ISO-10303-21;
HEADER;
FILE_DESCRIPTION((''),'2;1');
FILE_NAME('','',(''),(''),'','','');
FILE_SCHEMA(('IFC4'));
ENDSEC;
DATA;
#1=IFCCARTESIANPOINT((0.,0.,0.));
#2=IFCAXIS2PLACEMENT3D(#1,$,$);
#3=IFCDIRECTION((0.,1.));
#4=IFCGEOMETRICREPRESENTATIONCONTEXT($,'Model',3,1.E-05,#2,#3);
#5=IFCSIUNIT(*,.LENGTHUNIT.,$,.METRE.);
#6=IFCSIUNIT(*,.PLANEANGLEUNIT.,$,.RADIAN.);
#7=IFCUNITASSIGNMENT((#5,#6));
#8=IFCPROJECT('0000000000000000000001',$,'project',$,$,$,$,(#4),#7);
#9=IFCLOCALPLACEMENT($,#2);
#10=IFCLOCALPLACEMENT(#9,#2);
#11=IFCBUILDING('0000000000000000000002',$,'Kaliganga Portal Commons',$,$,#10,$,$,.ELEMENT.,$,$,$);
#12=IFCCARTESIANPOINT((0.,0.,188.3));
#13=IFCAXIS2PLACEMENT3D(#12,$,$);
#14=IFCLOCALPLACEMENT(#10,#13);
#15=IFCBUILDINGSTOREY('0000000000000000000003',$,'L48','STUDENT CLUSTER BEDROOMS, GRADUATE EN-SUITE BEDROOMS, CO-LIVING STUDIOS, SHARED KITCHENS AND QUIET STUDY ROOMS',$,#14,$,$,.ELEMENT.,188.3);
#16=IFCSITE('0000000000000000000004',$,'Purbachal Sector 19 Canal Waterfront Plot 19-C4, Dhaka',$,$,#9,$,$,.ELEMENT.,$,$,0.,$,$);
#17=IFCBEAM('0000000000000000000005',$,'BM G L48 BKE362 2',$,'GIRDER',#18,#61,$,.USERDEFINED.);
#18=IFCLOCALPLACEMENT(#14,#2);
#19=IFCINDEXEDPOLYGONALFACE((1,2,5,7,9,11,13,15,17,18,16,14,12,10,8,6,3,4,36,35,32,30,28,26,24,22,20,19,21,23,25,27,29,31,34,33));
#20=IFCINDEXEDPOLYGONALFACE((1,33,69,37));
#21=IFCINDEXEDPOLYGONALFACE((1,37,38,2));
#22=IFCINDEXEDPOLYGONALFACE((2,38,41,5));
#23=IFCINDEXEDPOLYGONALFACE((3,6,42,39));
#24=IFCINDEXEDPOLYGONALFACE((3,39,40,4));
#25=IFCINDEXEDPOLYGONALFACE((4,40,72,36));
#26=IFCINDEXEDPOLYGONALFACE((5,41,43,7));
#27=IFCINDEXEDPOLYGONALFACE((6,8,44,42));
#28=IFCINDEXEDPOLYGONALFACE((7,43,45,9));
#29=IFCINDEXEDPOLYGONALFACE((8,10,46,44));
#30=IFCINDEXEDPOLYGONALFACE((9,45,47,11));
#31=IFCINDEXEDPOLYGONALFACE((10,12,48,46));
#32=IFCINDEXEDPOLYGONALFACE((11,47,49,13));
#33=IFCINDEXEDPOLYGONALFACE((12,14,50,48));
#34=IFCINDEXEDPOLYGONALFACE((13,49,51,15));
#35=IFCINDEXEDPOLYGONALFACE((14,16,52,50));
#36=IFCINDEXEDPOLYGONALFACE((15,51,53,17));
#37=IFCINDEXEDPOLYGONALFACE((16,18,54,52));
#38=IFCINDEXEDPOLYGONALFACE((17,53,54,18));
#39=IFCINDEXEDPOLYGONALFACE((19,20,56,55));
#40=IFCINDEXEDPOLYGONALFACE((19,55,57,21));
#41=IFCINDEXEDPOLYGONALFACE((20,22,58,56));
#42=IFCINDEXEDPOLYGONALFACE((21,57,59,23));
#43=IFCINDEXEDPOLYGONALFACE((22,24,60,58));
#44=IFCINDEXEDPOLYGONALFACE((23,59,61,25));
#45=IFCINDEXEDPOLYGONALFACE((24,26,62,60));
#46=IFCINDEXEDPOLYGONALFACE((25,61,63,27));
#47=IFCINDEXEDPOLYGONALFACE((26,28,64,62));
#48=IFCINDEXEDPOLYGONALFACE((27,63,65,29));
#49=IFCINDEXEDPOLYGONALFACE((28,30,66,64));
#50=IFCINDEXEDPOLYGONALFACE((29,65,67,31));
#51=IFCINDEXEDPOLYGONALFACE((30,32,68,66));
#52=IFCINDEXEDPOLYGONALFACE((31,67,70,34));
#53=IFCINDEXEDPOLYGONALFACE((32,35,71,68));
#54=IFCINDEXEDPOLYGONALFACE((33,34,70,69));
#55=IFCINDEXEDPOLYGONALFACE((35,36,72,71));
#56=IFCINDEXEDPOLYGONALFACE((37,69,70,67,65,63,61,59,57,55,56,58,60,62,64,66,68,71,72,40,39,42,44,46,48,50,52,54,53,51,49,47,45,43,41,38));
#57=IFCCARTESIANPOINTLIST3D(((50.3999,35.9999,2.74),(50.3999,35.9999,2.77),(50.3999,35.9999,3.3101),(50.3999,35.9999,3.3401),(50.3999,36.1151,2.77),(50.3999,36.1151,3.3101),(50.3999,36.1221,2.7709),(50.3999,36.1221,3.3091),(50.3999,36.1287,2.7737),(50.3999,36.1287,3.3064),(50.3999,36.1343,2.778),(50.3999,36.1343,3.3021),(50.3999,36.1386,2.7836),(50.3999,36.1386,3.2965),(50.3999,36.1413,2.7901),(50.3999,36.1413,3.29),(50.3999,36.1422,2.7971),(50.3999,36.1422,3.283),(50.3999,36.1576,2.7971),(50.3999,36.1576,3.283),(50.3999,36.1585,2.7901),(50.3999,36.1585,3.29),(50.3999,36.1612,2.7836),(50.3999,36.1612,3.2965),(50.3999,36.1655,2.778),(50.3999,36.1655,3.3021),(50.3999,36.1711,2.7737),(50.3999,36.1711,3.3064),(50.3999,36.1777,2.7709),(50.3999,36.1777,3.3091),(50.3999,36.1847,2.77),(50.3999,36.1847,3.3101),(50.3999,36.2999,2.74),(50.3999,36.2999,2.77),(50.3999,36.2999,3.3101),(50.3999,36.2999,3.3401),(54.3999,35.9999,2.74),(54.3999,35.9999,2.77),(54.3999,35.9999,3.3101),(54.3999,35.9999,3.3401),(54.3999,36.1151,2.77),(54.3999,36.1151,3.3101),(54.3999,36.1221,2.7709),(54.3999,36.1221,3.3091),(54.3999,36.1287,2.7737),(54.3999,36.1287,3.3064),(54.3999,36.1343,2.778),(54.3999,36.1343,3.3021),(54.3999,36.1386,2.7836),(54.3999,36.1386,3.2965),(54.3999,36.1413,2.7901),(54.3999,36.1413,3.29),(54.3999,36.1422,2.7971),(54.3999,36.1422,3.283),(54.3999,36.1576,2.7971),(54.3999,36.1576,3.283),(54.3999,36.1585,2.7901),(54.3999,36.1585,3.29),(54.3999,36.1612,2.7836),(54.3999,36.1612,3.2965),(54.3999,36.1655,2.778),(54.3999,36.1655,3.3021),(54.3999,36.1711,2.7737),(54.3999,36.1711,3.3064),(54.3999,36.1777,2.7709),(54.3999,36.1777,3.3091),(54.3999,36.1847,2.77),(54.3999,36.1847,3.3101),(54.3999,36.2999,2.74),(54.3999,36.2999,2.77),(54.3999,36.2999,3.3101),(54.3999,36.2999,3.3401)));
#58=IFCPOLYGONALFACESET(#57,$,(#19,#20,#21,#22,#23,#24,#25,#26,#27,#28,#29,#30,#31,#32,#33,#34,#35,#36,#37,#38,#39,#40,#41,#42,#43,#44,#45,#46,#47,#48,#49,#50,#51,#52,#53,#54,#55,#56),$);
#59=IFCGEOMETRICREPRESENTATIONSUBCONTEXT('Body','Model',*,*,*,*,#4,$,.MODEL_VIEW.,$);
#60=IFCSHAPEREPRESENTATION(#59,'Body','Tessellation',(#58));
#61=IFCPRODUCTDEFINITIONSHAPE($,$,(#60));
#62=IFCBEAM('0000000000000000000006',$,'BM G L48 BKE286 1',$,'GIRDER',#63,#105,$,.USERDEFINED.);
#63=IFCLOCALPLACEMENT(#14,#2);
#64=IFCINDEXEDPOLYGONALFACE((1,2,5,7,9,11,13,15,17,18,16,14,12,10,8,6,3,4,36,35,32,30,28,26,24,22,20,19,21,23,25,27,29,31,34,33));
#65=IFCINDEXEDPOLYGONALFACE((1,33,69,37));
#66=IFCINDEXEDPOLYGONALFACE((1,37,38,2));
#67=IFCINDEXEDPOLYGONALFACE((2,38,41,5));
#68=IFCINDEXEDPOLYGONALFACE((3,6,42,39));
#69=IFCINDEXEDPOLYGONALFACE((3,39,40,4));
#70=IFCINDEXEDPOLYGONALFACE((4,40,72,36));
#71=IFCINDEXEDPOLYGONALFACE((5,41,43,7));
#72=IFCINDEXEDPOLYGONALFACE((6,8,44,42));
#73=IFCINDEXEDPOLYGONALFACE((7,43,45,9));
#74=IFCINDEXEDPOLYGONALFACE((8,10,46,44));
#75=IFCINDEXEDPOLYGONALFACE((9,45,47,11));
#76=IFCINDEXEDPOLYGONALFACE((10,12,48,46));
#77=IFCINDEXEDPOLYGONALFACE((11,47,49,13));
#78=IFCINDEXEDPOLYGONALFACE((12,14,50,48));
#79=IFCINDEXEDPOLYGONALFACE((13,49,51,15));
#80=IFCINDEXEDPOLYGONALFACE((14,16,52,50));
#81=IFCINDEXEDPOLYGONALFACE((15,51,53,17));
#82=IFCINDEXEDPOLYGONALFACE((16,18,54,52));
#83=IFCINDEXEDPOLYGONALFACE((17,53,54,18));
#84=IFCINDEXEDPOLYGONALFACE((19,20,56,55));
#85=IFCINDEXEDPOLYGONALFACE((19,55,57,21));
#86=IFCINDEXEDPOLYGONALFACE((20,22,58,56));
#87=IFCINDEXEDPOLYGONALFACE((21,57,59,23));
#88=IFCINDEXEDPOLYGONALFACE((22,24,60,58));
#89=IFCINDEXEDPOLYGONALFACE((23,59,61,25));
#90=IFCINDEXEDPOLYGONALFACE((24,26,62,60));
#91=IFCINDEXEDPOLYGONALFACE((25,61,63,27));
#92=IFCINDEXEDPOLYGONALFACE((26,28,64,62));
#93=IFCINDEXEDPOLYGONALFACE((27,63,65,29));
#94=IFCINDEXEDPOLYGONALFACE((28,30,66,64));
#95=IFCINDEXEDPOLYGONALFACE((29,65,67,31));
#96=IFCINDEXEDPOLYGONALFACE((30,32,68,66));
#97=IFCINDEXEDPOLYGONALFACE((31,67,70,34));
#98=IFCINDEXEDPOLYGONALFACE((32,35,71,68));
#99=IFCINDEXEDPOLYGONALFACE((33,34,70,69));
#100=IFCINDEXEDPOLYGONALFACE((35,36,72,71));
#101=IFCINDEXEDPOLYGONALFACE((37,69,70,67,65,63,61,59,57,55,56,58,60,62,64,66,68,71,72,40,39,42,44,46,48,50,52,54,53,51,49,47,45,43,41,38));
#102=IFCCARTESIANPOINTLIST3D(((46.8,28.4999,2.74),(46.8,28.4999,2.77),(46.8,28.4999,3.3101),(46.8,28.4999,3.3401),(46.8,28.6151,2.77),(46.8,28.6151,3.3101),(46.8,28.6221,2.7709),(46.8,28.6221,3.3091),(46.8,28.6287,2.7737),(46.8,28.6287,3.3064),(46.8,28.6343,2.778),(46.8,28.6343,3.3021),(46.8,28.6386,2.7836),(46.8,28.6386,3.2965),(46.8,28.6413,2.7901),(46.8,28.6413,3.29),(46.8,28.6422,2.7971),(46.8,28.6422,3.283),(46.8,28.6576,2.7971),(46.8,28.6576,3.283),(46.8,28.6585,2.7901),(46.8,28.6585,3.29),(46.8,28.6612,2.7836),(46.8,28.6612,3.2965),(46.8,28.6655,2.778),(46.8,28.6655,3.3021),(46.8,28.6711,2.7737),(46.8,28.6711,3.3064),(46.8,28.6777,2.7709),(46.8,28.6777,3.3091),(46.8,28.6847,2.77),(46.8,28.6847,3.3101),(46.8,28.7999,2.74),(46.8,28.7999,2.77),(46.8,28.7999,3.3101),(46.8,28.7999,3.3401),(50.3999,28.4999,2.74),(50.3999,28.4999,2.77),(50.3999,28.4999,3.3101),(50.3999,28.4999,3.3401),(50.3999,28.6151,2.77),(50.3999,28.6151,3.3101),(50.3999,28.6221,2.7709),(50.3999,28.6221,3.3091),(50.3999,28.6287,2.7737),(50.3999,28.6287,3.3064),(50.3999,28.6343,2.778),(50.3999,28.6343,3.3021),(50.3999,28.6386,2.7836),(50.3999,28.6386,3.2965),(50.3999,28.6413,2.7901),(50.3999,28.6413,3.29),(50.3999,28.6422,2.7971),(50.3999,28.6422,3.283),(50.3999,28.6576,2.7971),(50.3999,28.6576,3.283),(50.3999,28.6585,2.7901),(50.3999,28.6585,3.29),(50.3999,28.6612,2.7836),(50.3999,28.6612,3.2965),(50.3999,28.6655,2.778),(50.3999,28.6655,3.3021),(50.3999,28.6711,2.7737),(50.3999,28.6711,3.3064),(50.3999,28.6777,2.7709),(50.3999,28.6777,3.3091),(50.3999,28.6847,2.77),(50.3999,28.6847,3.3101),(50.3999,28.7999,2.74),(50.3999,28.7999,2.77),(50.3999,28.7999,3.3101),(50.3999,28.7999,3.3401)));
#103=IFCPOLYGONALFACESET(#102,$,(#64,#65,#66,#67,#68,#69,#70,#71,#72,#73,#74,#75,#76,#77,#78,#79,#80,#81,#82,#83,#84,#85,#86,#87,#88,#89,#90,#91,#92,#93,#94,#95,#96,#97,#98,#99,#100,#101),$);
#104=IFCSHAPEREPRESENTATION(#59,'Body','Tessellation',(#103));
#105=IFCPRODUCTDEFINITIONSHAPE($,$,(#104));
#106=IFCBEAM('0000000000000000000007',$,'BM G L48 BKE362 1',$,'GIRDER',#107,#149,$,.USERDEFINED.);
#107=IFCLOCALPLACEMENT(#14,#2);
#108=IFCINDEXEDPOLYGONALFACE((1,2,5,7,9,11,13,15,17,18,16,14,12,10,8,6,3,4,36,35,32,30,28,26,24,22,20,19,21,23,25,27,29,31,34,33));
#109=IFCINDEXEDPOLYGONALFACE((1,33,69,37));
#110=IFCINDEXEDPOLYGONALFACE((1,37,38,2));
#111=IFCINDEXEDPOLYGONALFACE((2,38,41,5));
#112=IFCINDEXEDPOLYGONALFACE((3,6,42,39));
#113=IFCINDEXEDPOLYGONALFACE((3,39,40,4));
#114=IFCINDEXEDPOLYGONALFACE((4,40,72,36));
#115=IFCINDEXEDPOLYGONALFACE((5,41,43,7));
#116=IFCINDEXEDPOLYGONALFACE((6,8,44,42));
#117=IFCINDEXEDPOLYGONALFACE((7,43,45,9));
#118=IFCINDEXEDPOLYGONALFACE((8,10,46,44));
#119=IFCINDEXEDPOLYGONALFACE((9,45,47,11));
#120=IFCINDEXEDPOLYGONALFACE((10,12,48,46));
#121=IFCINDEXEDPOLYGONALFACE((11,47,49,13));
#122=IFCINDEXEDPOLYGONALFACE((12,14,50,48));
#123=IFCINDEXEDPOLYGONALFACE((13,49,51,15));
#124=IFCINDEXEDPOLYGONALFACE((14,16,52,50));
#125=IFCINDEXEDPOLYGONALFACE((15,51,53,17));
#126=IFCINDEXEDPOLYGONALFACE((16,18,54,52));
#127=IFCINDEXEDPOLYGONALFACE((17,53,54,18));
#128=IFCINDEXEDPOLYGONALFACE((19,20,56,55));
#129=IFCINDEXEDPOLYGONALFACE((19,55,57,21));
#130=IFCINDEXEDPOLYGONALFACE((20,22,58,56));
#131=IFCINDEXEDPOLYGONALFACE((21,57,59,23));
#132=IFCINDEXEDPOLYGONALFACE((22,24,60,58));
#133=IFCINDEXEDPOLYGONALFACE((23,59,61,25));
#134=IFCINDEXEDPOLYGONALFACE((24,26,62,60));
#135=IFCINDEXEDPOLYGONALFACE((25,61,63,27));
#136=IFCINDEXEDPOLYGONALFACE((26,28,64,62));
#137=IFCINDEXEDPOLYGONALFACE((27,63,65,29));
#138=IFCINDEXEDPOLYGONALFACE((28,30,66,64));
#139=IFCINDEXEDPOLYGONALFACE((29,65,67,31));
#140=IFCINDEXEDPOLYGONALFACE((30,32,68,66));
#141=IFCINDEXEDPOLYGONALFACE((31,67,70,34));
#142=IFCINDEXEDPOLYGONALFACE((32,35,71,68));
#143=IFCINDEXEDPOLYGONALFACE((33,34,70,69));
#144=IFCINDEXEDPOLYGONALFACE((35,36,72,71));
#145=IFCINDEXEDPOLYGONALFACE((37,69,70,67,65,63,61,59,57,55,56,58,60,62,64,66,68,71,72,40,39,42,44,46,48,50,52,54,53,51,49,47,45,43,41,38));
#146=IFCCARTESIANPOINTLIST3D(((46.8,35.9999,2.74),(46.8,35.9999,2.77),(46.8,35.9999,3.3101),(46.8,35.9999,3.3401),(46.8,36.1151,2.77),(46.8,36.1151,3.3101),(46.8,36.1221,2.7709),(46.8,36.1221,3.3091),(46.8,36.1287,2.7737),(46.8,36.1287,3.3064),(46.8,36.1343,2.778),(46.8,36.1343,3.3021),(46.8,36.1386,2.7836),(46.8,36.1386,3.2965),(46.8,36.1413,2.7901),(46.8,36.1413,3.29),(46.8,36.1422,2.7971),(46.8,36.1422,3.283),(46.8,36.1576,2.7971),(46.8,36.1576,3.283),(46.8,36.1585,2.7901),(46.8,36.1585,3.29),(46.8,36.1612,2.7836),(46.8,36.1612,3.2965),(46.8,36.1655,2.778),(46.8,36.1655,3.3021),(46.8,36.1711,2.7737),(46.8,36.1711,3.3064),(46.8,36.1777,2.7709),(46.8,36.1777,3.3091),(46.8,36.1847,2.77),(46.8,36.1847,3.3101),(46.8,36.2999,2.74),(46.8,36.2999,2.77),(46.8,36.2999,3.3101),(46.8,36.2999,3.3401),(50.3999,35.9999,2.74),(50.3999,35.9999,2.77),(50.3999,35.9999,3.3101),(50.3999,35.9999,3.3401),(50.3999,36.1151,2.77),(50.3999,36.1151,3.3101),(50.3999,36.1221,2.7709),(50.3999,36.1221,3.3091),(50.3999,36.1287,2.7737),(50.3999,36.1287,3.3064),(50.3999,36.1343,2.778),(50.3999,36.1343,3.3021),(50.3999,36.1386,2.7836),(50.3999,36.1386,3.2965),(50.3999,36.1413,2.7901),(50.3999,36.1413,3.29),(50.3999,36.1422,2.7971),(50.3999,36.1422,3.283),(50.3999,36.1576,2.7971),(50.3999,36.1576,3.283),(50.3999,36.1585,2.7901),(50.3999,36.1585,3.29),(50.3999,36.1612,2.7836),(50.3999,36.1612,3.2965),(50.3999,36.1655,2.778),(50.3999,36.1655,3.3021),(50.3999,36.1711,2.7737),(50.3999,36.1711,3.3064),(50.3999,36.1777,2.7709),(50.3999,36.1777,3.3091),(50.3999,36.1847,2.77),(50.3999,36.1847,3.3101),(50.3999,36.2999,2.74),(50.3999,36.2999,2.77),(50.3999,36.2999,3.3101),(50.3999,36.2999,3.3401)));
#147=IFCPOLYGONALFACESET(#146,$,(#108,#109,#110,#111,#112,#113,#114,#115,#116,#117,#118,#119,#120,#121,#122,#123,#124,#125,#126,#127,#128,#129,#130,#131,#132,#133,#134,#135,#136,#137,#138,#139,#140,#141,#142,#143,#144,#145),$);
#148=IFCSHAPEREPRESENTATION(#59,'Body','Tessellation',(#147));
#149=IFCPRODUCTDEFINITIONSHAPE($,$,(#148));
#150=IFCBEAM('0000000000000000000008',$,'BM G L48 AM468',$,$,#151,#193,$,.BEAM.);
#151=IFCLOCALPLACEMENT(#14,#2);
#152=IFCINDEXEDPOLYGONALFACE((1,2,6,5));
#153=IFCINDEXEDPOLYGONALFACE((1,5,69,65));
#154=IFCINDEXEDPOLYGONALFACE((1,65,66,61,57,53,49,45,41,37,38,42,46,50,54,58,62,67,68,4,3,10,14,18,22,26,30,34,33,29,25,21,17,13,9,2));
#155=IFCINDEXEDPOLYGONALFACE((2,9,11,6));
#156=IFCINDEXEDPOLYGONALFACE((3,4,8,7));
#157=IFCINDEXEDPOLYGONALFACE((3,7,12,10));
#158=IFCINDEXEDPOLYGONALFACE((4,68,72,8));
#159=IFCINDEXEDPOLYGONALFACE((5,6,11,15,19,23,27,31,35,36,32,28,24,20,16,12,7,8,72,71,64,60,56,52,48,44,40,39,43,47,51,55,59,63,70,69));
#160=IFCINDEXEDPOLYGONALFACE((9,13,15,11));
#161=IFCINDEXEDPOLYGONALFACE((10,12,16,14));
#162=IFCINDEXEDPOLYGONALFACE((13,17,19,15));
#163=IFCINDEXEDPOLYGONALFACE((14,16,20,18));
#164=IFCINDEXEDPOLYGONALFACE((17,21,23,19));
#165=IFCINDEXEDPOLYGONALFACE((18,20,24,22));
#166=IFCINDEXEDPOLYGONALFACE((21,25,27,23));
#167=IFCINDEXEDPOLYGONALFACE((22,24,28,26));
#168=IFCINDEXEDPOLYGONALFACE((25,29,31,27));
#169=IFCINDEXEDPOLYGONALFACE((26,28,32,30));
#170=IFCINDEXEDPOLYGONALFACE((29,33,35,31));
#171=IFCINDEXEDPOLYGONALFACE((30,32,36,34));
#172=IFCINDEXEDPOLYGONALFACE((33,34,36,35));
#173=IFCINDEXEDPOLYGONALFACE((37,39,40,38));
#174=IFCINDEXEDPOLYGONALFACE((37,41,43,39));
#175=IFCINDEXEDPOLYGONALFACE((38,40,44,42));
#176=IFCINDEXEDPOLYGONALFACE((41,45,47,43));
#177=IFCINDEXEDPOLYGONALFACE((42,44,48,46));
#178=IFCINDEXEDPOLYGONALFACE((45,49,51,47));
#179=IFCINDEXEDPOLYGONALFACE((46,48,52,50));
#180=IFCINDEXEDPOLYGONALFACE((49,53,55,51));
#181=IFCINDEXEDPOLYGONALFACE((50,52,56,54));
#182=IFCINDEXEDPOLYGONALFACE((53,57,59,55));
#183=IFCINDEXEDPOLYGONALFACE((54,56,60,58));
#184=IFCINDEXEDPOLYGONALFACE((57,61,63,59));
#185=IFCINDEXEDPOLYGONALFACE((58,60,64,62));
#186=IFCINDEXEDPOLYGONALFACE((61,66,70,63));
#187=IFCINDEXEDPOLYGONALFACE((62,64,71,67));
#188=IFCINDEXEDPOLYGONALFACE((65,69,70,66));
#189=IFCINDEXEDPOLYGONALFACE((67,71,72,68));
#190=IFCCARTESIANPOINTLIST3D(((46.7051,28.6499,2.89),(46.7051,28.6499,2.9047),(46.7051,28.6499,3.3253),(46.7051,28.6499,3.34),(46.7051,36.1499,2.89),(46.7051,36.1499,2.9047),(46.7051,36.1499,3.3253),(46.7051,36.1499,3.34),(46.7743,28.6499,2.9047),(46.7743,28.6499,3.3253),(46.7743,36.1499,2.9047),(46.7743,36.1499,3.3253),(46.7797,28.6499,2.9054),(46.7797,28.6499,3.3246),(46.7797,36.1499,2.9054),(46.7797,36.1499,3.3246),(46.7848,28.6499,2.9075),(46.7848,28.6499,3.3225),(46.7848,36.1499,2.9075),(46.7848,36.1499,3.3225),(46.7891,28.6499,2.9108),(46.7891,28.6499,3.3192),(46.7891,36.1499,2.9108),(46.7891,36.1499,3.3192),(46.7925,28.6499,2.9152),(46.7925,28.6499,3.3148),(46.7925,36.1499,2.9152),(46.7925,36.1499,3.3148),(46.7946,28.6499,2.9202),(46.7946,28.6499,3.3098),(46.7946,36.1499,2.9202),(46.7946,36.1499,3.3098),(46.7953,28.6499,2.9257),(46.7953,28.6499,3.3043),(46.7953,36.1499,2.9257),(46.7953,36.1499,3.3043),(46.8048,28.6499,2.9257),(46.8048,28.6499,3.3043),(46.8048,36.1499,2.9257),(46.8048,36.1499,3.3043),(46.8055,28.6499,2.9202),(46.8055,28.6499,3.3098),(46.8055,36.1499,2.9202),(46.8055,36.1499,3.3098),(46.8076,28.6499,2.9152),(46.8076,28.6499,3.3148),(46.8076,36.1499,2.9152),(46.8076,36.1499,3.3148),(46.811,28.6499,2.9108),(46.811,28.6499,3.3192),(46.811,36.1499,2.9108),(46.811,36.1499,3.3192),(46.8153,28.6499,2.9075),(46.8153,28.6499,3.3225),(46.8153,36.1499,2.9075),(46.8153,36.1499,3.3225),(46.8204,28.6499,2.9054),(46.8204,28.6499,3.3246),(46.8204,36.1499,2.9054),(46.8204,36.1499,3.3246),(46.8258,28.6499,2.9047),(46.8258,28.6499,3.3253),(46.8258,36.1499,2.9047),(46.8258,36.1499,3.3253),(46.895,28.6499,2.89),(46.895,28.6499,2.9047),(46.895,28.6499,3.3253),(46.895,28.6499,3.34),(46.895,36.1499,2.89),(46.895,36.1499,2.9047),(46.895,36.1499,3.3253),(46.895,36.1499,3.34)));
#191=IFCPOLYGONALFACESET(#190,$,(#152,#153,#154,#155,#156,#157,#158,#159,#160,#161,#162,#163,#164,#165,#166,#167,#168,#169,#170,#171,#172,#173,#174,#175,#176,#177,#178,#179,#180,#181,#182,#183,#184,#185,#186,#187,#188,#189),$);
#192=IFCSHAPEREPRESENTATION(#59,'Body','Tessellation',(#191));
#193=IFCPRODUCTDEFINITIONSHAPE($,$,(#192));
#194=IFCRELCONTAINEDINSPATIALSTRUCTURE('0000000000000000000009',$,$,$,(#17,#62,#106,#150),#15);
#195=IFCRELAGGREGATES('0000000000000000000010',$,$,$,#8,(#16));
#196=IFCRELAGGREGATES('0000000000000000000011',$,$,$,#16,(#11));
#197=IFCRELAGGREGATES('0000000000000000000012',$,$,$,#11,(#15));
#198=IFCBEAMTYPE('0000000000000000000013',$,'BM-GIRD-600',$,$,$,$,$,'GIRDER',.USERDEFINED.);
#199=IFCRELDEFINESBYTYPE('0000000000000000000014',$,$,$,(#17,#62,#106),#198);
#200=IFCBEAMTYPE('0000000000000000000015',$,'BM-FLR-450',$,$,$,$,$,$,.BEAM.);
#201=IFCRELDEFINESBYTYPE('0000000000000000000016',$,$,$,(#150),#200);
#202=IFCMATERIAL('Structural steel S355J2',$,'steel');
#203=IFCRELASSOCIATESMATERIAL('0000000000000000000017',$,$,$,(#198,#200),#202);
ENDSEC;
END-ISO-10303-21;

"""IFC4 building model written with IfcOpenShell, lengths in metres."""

from ifc_helpers import new_model, si_unit, direction, frame, origin, origin_2d, place, context, subcontext, project, spatial, i_section, extrude, source, transform, mapped, material, material_profile, profile_set, type_object, element, save


model = new_model("IFC4")

# Units and contexts
model_context = context("Model", 3, precision=1e-05, world=origin(), true_north=direction((0.0, 1.0)))
body_context = subcontext(model_context, "Body", "Model", "MODEL_VIEW")
ifc_project = project(units=[si_unit("LENGTHUNIT", "METRE"), si_unit("PLANEANGLEUNIT", "RADIAN")], contexts=[model_context])

# Site, building, storey
site_placement = place(None, origin())
site = spatial("IfcSite", under=ifc_project, at=site_placement, Name="Purbachal Sector 19 Canal Waterfront Plot 19-C4, Dhaka", CompositionType="ELEMENT", RefElevation=0.0)
building_placement = place(site_placement, origin())
building = spatial("IfcBuilding", under=site, at=building_placement, Name="Kaliganga Portal Commons", CompositionType="ELEMENT")
storey_placement = place(building_placement, frame((0.0, 0.0, 188.3)))
storey = spatial("IfcBuildingStorey", under=building, at=storey_placement, Name="L48", Description="STUDENT CLUSTER BEDROOMS, GRADUATE EN-SUITE BEDROOMS, CO-LIVING STUDIOS, SHARED KITCHENS AND QUIET STUDY ROOMS", CompositionType="ELEMENT", Elevation=188.3)

# Beams
ifc_material_1 = material(Name="Structural steel S355J2", Category="steel")
ifc_material_profile_1 = material_profile(ifc_material_1, i_section(OverallWidth=0.3, OverallDepth=0.6001, WebThickness=0.0154, FlangeThickness=0.03, FilletRadius=0.0271, at=origin_2d()), Name="HE 600 B")
ifc_profile_set_1 = profile_set([ifc_material_profile_1], Name="Structural steel S355J2 wide-flange")
beam_type_1 = type_object("IfcBeamType", Name="BM-GIRD-600", ElementType="GIRDER", PredefinedType="USERDEFINED", material=ifc_profile_set_1)
shared_shape_1 = source(origin(), body_context, "Body", "SweptSolid", [
    extrude(i_section(OverallWidth=0.3, OverallDepth=0.6001, WebThickness=0.0154, FlangeThickness=0.03, FilletRadius=0.0271, at=origin_2d()), origin(), (0.0, 0.0, 1.0), 4.0),
])
for number, where, z_axis, x_axis, name in (
    (1, (50.3999, 36.1499, 3.04), (1.0, 0.0, 0.0), (0.0, 1.0, 0.0), "BM G L48 BKE362 2"),
):
    element("IfcBeam", number, at=place(storey_placement, frame(where, z_axis=z_axis, x_axis=x_axis)), inside=storey, type_object=beam_type_1, Name=name, ObjectType="GIRDER", PredefinedType="USERDEFINED", context=body_context, shape_type="MappedRepresentation", body=[
        mapped(shared_shape_1, transform((0.0, 0.0, 0.0), x_axis=(1.0, 0.0, 0.0), y_axis=(0.0, 1.0, 0.0), z_axis=(0.0, 0.0, 1.0), scale=1.0)),
    ])
shared_shape_2 = source(origin(), body_context, "Body", "SweptSolid", [
    extrude(i_section(OverallWidth=0.3, OverallDepth=0.6001, WebThickness=0.0154, FlangeThickness=0.03, FilletRadius=0.0271, at=origin_2d()), origin(), (0.0, 0.0, 1.0), 3.5999),
])
for number, where, z_axis, x_axis, name in (
    (2, (46.8, 28.6499, 3.04), (1.0, 0.0, 0.0), (0.0, 1.0, 0.0), "BM G L48 BKE286 1"),
    (3, (46.8, 36.1499, 3.04), (1.0, 0.0, 0.0), (0.0, 1.0, 0.0), "BM G L48 BKE362 1"),
):
    element("IfcBeam", number, at=place(storey_placement, frame(where, z_axis=z_axis, x_axis=x_axis)), inside=storey, type_object=beam_type_1, Name=name, ObjectType="GIRDER", PredefinedType="USERDEFINED", context=body_context, shape_type="MappedRepresentation", body=[
        mapped(shared_shape_2, transform((0.0, 0.0, 0.0), x_axis=(1.0, 0.0, 0.0), y_axis=(0.0, 1.0, 0.0), z_axis=(0.0, 0.0, 1.0), scale=1.0)),
    ])
ifc_material_profile_2 = material_profile(ifc_material_1, i_section(OverallWidth=0.1899, OverallDepth=0.45, WebThickness=0.0095, FlangeThickness=0.0146, FilletRadius=0.021, at=origin_2d()), Name="IPE 450")
ifc_profile_set_2 = profile_set([ifc_material_profile_2], Name="Structural steel S355J2 wide-flange")
beam_type_2 = type_object("IfcBeamType", Name="BM-FLR-450", PredefinedType="BEAM", material=ifc_profile_set_2)
shared_shape_3 = source(origin(), body_context, "Body", "SweptSolid", [
    extrude(i_section(OverallWidth=0.1899, OverallDepth=0.45, WebThickness=0.0095, FlangeThickness=0.0146, FilletRadius=0.021, at=origin_2d()), origin(), (0.0, 0.0, 1.0), 7.5),
])
beam_1_placement = place(storey_placement, frame((46.8, 28.6499, 3.115), z_axis=(0.0, 1.0, 0.0), x_axis=(-1.0, 0.0, 0.0)))
element("IfcBeam", 4, at=beam_1_placement, inside=storey, type_object=beam_type_2, Name="BM G L48 AM468", PredefinedType="BEAM", context=body_context, shape_type="MappedRepresentation", body=[
    mapped(shared_shape_3, transform((0.0, 0.0, 0.0), x_axis=(1.0, 0.0, 0.0), y_axis=(0.0, 1.0, 0.0), z_axis=(0.0, 0.0, 1.0), scale=1.0)),
])

save(model, "model.ifc")
